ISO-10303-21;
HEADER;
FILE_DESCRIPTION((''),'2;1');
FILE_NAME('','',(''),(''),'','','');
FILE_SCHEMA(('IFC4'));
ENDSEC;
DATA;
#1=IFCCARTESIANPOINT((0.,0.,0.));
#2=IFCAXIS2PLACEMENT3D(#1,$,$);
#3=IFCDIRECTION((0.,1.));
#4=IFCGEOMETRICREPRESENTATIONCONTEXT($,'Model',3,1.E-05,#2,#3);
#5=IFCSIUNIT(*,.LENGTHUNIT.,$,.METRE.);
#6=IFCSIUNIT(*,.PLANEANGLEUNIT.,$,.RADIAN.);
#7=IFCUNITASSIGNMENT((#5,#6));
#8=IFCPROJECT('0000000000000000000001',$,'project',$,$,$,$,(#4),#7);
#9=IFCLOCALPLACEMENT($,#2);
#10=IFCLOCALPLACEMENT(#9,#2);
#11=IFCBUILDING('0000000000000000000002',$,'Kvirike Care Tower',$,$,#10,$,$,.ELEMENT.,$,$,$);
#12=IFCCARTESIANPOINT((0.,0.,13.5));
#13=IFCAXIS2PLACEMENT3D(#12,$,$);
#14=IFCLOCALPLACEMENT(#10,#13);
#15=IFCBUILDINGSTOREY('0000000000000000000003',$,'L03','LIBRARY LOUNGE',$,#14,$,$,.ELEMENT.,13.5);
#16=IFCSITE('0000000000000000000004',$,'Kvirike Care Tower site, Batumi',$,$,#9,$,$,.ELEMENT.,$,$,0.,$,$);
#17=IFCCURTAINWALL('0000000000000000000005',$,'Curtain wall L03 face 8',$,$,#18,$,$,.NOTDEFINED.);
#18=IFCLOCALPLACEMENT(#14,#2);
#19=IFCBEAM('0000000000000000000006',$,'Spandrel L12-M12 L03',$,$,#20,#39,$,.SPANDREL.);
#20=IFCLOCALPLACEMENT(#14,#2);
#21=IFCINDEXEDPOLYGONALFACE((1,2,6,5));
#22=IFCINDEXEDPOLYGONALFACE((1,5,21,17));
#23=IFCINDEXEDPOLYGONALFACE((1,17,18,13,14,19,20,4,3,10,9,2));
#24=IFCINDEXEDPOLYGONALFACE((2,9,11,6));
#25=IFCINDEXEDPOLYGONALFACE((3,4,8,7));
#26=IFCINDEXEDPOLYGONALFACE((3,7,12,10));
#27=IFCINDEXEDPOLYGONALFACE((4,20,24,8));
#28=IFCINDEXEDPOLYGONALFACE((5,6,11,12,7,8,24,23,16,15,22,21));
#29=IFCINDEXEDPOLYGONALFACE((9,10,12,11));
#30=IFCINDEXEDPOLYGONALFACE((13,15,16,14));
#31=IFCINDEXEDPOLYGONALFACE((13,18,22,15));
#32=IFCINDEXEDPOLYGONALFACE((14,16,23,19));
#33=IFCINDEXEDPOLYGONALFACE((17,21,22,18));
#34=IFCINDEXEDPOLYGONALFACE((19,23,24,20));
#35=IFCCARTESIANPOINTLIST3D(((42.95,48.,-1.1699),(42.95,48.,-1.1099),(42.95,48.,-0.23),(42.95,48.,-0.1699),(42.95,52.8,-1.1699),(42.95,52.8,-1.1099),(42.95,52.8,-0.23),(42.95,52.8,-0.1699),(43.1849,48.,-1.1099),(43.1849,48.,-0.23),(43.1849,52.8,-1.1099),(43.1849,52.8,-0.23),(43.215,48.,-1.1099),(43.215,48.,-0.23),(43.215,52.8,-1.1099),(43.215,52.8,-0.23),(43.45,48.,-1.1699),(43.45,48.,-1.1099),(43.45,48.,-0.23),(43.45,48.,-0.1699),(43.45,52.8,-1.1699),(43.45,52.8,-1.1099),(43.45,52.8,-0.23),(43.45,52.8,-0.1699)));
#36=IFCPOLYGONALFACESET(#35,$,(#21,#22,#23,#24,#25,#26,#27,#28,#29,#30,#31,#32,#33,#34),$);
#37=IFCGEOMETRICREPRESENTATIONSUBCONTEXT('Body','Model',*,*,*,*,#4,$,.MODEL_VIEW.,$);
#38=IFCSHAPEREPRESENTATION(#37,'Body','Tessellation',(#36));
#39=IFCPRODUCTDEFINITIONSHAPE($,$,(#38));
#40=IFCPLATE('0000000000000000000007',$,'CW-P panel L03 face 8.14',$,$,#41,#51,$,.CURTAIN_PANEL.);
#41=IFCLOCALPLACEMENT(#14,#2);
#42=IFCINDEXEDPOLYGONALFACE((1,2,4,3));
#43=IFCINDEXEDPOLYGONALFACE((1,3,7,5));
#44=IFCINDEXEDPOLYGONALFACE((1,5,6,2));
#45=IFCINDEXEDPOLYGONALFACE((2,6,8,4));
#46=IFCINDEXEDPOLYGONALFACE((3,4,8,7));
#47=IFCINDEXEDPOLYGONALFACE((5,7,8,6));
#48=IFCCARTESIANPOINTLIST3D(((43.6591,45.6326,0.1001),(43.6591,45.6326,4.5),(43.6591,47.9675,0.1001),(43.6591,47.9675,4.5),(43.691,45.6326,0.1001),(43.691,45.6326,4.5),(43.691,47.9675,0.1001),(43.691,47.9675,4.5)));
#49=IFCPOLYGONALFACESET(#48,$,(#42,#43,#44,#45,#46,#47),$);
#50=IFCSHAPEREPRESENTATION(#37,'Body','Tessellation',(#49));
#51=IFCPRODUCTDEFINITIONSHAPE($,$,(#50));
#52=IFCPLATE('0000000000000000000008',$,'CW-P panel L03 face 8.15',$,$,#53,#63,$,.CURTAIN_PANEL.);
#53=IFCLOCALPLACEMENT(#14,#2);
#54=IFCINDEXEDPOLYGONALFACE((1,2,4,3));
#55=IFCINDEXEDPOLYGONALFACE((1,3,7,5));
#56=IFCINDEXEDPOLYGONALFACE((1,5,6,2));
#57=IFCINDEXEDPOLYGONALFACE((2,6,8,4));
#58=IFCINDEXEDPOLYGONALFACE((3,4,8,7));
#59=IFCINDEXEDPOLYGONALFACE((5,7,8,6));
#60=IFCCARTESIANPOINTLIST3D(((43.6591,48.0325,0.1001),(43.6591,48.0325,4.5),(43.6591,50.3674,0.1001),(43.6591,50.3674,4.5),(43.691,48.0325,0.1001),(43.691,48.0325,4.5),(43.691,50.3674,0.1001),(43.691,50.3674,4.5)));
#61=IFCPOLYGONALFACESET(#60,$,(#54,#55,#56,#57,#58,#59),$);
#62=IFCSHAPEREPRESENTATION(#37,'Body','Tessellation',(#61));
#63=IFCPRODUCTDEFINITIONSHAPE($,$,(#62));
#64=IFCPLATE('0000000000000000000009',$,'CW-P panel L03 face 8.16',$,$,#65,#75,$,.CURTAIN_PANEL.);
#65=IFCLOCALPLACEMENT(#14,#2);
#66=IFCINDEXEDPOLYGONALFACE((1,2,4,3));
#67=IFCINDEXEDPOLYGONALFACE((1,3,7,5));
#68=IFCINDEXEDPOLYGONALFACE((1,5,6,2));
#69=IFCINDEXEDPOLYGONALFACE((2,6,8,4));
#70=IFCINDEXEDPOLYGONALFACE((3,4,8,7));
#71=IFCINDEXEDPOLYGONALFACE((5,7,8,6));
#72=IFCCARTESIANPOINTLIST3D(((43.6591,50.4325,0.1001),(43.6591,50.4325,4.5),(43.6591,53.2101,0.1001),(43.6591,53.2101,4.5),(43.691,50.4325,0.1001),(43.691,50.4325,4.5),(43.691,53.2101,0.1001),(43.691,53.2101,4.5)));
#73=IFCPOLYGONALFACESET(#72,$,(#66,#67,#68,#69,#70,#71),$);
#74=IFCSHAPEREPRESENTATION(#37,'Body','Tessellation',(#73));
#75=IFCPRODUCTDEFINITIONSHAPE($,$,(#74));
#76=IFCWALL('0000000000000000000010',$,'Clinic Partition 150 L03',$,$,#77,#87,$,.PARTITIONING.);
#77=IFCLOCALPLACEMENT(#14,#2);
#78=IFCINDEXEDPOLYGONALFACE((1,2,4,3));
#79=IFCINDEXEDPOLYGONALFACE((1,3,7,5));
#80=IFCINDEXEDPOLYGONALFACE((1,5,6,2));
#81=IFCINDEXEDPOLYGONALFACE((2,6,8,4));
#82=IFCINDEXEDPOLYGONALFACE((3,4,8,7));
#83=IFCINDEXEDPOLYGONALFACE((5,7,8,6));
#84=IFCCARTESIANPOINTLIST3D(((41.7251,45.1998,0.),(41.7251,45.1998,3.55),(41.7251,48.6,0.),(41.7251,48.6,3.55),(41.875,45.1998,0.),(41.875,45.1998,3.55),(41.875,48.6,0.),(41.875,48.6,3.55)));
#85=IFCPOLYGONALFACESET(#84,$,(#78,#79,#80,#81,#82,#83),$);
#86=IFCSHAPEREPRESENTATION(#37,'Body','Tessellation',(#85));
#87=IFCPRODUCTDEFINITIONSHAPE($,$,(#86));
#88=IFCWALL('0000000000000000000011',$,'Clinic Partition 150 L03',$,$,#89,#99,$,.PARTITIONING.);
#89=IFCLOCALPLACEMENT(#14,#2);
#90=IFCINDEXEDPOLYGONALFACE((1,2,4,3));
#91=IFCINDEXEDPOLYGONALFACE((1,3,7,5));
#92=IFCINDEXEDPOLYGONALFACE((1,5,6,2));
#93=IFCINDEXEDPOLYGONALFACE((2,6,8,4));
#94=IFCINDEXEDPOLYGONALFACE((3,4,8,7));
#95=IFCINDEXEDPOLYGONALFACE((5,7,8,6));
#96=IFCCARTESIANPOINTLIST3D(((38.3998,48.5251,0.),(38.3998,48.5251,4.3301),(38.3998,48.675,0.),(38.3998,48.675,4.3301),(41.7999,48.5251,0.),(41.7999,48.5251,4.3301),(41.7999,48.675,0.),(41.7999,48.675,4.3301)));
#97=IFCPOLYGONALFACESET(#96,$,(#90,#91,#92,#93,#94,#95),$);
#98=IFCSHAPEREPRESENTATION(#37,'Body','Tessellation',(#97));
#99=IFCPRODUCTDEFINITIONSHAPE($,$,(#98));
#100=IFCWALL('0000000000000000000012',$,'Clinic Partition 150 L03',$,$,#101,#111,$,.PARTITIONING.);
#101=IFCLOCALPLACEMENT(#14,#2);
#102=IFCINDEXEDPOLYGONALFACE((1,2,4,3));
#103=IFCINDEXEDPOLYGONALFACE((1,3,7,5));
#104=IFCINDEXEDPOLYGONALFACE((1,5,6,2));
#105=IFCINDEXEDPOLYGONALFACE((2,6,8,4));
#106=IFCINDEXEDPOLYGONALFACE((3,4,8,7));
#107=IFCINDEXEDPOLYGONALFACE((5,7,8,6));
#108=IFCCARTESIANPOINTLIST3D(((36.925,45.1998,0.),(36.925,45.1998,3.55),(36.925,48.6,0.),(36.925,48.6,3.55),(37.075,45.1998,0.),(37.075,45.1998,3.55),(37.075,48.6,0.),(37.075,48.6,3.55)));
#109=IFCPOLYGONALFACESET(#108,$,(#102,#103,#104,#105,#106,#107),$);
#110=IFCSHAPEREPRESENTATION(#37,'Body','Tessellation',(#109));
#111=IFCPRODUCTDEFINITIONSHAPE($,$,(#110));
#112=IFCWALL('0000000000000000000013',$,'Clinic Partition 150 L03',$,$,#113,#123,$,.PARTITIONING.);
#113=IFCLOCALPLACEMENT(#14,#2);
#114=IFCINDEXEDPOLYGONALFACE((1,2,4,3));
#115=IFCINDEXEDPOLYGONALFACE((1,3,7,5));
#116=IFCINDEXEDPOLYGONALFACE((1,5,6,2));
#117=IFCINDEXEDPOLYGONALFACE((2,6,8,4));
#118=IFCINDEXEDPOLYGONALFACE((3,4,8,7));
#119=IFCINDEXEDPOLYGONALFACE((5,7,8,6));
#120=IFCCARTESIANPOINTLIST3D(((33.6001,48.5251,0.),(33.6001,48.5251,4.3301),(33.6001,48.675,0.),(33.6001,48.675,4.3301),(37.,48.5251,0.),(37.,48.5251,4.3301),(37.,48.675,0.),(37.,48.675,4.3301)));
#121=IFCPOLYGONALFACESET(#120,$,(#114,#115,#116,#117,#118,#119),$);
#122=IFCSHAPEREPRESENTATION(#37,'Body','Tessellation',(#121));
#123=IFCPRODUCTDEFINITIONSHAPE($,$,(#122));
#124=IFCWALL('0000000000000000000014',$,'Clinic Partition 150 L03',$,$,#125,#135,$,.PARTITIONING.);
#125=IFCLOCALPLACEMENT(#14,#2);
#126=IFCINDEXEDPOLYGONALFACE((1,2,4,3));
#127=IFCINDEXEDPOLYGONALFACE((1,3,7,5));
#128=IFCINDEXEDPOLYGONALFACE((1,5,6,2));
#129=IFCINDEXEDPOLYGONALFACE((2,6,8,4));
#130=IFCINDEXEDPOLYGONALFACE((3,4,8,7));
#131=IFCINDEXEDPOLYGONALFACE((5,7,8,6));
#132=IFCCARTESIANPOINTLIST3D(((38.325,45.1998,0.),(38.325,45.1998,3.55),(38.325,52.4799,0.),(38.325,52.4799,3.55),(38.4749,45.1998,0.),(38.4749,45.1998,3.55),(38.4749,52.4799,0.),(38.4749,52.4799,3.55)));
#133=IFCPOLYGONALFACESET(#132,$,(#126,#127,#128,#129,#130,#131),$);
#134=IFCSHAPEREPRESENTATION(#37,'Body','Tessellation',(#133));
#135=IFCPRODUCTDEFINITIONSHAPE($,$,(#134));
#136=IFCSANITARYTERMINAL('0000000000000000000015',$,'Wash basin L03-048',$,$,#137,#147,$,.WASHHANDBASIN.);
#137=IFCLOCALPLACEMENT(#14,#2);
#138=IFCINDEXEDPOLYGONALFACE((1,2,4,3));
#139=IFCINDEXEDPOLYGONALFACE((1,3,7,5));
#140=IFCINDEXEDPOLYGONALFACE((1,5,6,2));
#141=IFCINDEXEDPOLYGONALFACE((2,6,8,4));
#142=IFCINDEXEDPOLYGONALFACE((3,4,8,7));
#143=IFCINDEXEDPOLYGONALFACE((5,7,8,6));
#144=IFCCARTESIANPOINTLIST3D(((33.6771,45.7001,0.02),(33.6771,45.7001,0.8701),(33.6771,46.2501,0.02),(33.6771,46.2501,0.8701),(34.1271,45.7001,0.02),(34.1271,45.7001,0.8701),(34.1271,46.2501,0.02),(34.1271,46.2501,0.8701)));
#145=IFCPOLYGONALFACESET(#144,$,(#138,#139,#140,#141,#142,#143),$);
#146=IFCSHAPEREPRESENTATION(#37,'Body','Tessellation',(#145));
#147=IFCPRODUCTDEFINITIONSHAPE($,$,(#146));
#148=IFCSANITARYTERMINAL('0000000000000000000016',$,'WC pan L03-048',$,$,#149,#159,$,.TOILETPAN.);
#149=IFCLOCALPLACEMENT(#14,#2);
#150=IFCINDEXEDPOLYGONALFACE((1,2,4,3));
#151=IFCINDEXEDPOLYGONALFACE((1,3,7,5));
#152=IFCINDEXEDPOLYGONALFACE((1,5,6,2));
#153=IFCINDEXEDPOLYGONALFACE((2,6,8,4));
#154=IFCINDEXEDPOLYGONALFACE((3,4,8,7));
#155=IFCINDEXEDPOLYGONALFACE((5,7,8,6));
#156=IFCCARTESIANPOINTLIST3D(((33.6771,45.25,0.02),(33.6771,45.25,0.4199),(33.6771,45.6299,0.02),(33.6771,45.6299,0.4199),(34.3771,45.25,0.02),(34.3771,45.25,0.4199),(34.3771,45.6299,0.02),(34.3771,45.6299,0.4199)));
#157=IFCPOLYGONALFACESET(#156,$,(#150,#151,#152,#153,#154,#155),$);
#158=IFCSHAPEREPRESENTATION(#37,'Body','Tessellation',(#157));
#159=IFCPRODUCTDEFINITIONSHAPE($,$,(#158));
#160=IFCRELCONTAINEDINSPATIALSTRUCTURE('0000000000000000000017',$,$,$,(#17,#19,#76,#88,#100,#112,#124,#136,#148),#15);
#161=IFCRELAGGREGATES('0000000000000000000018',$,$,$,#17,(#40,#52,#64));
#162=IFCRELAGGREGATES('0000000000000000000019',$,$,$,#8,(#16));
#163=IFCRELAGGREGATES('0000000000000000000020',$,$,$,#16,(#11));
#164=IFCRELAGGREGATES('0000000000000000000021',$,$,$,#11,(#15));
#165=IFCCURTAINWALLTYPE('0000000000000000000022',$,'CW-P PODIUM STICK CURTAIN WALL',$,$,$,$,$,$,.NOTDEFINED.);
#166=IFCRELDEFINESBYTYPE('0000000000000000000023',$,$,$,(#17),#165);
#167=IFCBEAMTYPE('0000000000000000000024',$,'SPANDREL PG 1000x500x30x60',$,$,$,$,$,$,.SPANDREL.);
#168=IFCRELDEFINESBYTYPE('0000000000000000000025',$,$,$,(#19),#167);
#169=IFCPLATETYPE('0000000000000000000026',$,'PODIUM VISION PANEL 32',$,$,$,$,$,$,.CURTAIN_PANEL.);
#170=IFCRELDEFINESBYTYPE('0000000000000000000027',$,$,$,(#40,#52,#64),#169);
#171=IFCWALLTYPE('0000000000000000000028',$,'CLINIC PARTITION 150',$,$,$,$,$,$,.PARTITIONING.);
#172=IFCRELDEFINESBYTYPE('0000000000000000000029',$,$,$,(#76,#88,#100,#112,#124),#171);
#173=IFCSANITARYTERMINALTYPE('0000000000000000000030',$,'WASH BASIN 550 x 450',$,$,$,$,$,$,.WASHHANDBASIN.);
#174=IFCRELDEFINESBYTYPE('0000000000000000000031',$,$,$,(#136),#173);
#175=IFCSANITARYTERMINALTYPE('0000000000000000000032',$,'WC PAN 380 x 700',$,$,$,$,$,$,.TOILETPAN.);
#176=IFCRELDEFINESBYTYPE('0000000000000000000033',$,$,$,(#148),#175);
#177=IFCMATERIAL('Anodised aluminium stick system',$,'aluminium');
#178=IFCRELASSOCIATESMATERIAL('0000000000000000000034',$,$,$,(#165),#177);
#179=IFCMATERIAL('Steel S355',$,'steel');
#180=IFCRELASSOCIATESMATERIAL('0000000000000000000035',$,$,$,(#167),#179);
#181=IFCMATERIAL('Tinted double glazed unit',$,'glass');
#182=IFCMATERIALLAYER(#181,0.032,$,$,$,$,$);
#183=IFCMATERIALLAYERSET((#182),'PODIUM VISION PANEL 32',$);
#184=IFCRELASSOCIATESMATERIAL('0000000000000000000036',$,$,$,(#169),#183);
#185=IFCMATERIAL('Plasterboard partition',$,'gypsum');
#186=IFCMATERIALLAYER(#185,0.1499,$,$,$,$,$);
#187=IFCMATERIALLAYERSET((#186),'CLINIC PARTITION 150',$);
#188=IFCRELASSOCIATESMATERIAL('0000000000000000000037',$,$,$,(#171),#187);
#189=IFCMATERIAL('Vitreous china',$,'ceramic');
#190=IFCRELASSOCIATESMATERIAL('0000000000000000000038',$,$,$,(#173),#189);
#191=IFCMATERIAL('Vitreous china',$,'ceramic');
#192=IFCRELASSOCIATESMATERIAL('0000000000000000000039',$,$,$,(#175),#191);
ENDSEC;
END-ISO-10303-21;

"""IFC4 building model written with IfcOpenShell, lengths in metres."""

from ifc_helpers import new_model, si_unit, direction, frame, frame_2d, origin, origin_2d, place, context, subcontext, project, spatial, rectangle, i_section, extrude, material, layer, layer_set, material_profile, profile_set, type_object, element, aggregate, save


model = new_model("IFC4")

# Units and contexts
model_context = context("Model", 3, precision=1e-05, world=origin(), true_north=direction((0.0, 1.0)))
body_context = subcontext(model_context, "Body", "Model", "MODEL_VIEW")
ifc_project = project(units=[si_unit("LENGTHUNIT", "METRE"), si_unit("PLANEANGLEUNIT", "RADIAN")], contexts=[model_context])

# Site, building, storey
site_placement = place(None, origin())
site = spatial("IfcSite", under=ifc_project, at=site_placement, Name="Kvirike Care Tower site, Batumi", CompositionType="ELEMENT", RefElevation=0.0)
building_placement = place(site_placement, origin())
building = spatial("IfcBuilding", under=site, at=building_placement, Name="Kvirike Care Tower", CompositionType="ELEMENT")
storey_placement = place(building_placement, frame((0.0, 0.0, 13.5)))
storey = spatial("IfcBuildingStorey", under=building, at=storey_placement, Name="L03", Description="LIBRARY LOUNGE", CompositionType="ELEMENT", Elevation=13.5)

# Curtain wall
ifc_material_1 = material(Name="Anodised aluminium stick system", Category="aluminium")
curtain_wall_type = type_object("IfcCurtainWallType", Name="CW-P PODIUM STICK CURTAIN WALL", PredefinedType="NOTDEFINED", material=ifc_material_1)
curtain_wall_placement = place(storey_placement, origin())
curtain_wall = element("IfcCurtainWall", 1, at=curtain_wall_placement, inside=storey, type_object=curtain_wall_type, Name="Curtain wall L03 face 8", PredefinedType="NOTDEFINED")

# Beam
ifc_material_2 = material(Name="Steel S355", Category="steel")
ifc_material_profile_1 = material_profile(ifc_material_2, i_section(OverallWidth=0.5, OverallDepth=1.0, WebThickness=0.03, FlangeThickness=0.0601, at=origin_2d()), Name="PG 1000x500x30x60")
ifc_profile_set_1 = profile_set([ifc_material_profile_1], Name="Steel S355")
beam_type = type_object("IfcBeamType", Name="SPANDREL PG 1000x500x30x60", PredefinedType="SPANDREL", material=ifc_profile_set_1)
for number, where, z_axis, x_axis, name in (
    (2, (43.2, 48.0, -0.6699), (0.0, 1.0, 0.0), (-1.0, 0.0, 0.0), "Spandrel L12-M12 L03"),
):
    element("IfcBeam", number, at=place(storey_placement, frame(where, z_axis=z_axis, x_axis=x_axis)), inside=storey, type_object=beam_type, Name=name, PredefinedType="SPANDREL", context=body_context, shape_type="SweptSolid", body=[
        extrude(i_section(OverallWidth=0.5, OverallDepth=1.0, WebThickness=0.03, FlangeThickness=0.0601, at=origin_2d()), origin(), (0.0, 0.0, 1.0), 4.8),
    ])

# Plates
ifc_material_3 = material(Name="Tinted double glazed unit", Category="glass")
ifc_layer_1 = layer(ifc_material_3, 0.032)
ifc_layer_set_1 = layer_set([ifc_layer_1], Name="PODIUM VISION PANEL 32")
plate_type = type_object("IfcPlateType", Name="PODIUM VISION PANEL 32", PredefinedType="CURTAIN_PANEL", material=ifc_layer_set_1)
plate_1_placement = place(storey_placement, frame((43.675, 46.8, 0.1001), z_axis=(0.0, 0.0, 1.0), x_axis=(0.0, 1.0, 0.0)))
plate_1 = element("IfcPlate", 3, at=plate_1_placement, type_object=plate_type, Name="CW-P panel L03 face 8.14", PredefinedType="CURTAIN_PANEL", context=body_context, shape_type="SweptSolid", body=[
    extrude(rectangle(XDim=2.335, YDim=0.032, at=origin_2d()), origin(), (0.0, 0.0, 1.0), 4.3999),
])
plate_2_placement = place(storey_placement, frame((43.675, 49.2, 0.1001), z_axis=(0.0, 0.0, 1.0), x_axis=(0.0, 1.0, 0.0)))
plate_2 = element("IfcPlate", 4, at=plate_2_placement, type_object=plate_type, Name="CW-P panel L03 face 8.15", PredefinedType="CURTAIN_PANEL", context=body_context, shape_type="SweptSolid", body=[
    extrude(rectangle(XDim=2.335, YDim=0.032, at=origin_2d()), origin(), (0.0, 0.0, 1.0), 4.3999),
])
plate_3_placement = place(storey_placement, frame((43.675, 51.8213, 0.1001), z_axis=(0.0, 0.0, 1.0), x_axis=(0.0, 1.0, 0.0)))
plate_3 = element("IfcPlate", 5, at=plate_3_placement, type_object=plate_type, Name="CW-P panel L03 face 8.16", PredefinedType="CURTAIN_PANEL", context=body_context, shape_type="SweptSolid", body=[
    extrude(rectangle(XDim=2.7776, YDim=0.032, at=origin_2d()), origin(), (0.0, 0.0, 1.0), 4.3999),
])
aggregate(curtain_wall, [plate_1, plate_2, plate_3])

# Walls
ifc_material_4 = material(Name="Plasterboard partition", Category="gypsum")
ifc_layer_2 = layer(ifc_material_4, 0.1499)
ifc_layer_set_2 = layer_set([ifc_layer_2], Name="CLINIC PARTITION 150")
wall_type_1 = type_object("IfcWallType", Name="CLINIC PARTITION 150", PredefinedType="PARTITIONING", material=ifc_layer_set_2)
wall_1_placement = place(storey_placement, frame((41.8, 48.6001, 0.0), z_axis=(0.0, 0.0, 1.0), x_axis=(0.0, -1.0, 0.0)))
element("IfcWall", 6, at=wall_1_placement, inside=storey, type_object=wall_type_1, Name="Clinic Partition 150 L03", PredefinedType="PARTITIONING", context=body_context, shape_type="SweptSolid", body=[
    extrude(rectangle(XDim=3.4001, YDim=0.1499, at=frame_2d((1.7002, 0.0))), origin(), (0.0, 0.0, 1.0), 3.55),
])
wall_2_placement = place(storey_placement, frame((41.8, 48.6001, 0.0), z_axis=(0.0, 0.0, 1.0), x_axis=(-1.0, 0.0, 0.0)))
element("IfcWall", 7, at=wall_2_placement, inside=storey, type_object=wall_type_1, Name="Clinic Partition 150 L03", PredefinedType="PARTITIONING", context=body_context, shape_type="SweptSolid", body=[
    extrude(rectangle(XDim=3.4001, YDim=0.1499, at=frame_2d((1.7002, 0.0))), origin(), (0.0, 0.0, 1.0), 4.3301),
])
wall_3_placement = place(storey_placement, frame((37.0, 48.6001, 0.0), z_axis=(0.0, 0.0, 1.0), x_axis=(0.0, -1.0, 0.0)))
element("IfcWall", 8, at=wall_3_placement, inside=storey, type_object=wall_type_1, Name="Clinic Partition 150 L03", PredefinedType="PARTITIONING", context=body_context, shape_type="SweptSolid", body=[
    extrude(rectangle(XDim=3.4001, YDim=0.1499, at=frame_2d((1.7002, 0.0))), origin(), (0.0, 0.0, 1.0), 3.55),
])
wall_4_placement = place(storey_placement, frame((37.0, 48.6001, 0.0), z_axis=(0.0, 0.0, 1.0), x_axis=(-1.0, 0.0, 0.0)))
element("IfcWall", 9, at=wall_4_placement, inside=storey, type_object=wall_type_1, Name="Clinic Partition 150 L03", PredefinedType="PARTITIONING", context=body_context, shape_type="SweptSolid", body=[
    extrude(rectangle(XDim=3.3999, YDim=0.1499, at=frame_2d((1.7, 0.0))), origin(), (0.0, 0.0, 1.0), 4.3301),
])
wall_5_placement = place(storey_placement, frame((38.3999, 52.48, 0.0), z_axis=(0.0, 0.0, 1.0), x_axis=(0.0, -1.0, 0.0)))
element("IfcWall", 10, at=wall_5_placement, inside=storey, type_object=wall_type_1, Name="Clinic Partition 150 L03", PredefinedType="PARTITIONING", context=body_context, shape_type="SweptSolid", body=[
    extrude(rectangle(XDim=7.28, YDim=0.1499, at=frame_2d((3.6401, 0.0))), origin(), (0.0, 0.0, 1.0), 3.55),
])

# Sanitary terminals
ifc_material_5 = material(Name="Vitreous china", Category="ceramic")
sanitary_terminal_type_1 = type_object("IfcSanitaryTerminalType", Name="WASH BASIN 550 x 450", PredefinedType="WASHHANDBASIN", material=ifc_material_5)
sanitary_terminal_1_placement = place(storey_placement, frame((33.9021, 45.9751, 0.02), z_axis=(0.0, 0.0, 1.0), x_axis=(0.0, 1.0, 0.0)))
element("IfcSanitaryTerminal", 11, at=sanitary_terminal_1_placement, inside=storey, type_object=sanitary_terminal_type_1, Name="Wash basin L03-048", PredefinedType="WASHHANDBASIN", context=body_context, shape_type="SweptSolid", body=[
    extrude(rectangle(XDim=0.55, YDim=0.45, at=origin_2d()), origin(), (0.0, 0.0, 1.0), 0.8501),
])
ifc_material_6 = material(Name="Vitreous china", Category="ceramic")
sanitary_terminal_type_2 = type_object("IfcSanitaryTerminalType", Name="WC PAN 380 x 700", PredefinedType="TOILETPAN", material=ifc_material_6)
sanitary_terminal_2_placement = place(storey_placement, frame((34.0271, 45.4399, 0.02), z_axis=(0.0, 0.0, 1.0), x_axis=(0.0, 1.0, 0.0)))
element("IfcSanitaryTerminal", 12, at=sanitary_terminal_2_placement, inside=storey, type_object=sanitary_terminal_type_2, Name="WC pan L03-048", PredefinedType="TOILETPAN", context=body_context, shape_type="SweptSolid", body=[
    extrude(rectangle(XDim=0.3799, YDim=0.7, at=origin_2d()), origin(), (0.0, 0.0, 1.0), 0.3999),
])

save(model, "model.ifc")
